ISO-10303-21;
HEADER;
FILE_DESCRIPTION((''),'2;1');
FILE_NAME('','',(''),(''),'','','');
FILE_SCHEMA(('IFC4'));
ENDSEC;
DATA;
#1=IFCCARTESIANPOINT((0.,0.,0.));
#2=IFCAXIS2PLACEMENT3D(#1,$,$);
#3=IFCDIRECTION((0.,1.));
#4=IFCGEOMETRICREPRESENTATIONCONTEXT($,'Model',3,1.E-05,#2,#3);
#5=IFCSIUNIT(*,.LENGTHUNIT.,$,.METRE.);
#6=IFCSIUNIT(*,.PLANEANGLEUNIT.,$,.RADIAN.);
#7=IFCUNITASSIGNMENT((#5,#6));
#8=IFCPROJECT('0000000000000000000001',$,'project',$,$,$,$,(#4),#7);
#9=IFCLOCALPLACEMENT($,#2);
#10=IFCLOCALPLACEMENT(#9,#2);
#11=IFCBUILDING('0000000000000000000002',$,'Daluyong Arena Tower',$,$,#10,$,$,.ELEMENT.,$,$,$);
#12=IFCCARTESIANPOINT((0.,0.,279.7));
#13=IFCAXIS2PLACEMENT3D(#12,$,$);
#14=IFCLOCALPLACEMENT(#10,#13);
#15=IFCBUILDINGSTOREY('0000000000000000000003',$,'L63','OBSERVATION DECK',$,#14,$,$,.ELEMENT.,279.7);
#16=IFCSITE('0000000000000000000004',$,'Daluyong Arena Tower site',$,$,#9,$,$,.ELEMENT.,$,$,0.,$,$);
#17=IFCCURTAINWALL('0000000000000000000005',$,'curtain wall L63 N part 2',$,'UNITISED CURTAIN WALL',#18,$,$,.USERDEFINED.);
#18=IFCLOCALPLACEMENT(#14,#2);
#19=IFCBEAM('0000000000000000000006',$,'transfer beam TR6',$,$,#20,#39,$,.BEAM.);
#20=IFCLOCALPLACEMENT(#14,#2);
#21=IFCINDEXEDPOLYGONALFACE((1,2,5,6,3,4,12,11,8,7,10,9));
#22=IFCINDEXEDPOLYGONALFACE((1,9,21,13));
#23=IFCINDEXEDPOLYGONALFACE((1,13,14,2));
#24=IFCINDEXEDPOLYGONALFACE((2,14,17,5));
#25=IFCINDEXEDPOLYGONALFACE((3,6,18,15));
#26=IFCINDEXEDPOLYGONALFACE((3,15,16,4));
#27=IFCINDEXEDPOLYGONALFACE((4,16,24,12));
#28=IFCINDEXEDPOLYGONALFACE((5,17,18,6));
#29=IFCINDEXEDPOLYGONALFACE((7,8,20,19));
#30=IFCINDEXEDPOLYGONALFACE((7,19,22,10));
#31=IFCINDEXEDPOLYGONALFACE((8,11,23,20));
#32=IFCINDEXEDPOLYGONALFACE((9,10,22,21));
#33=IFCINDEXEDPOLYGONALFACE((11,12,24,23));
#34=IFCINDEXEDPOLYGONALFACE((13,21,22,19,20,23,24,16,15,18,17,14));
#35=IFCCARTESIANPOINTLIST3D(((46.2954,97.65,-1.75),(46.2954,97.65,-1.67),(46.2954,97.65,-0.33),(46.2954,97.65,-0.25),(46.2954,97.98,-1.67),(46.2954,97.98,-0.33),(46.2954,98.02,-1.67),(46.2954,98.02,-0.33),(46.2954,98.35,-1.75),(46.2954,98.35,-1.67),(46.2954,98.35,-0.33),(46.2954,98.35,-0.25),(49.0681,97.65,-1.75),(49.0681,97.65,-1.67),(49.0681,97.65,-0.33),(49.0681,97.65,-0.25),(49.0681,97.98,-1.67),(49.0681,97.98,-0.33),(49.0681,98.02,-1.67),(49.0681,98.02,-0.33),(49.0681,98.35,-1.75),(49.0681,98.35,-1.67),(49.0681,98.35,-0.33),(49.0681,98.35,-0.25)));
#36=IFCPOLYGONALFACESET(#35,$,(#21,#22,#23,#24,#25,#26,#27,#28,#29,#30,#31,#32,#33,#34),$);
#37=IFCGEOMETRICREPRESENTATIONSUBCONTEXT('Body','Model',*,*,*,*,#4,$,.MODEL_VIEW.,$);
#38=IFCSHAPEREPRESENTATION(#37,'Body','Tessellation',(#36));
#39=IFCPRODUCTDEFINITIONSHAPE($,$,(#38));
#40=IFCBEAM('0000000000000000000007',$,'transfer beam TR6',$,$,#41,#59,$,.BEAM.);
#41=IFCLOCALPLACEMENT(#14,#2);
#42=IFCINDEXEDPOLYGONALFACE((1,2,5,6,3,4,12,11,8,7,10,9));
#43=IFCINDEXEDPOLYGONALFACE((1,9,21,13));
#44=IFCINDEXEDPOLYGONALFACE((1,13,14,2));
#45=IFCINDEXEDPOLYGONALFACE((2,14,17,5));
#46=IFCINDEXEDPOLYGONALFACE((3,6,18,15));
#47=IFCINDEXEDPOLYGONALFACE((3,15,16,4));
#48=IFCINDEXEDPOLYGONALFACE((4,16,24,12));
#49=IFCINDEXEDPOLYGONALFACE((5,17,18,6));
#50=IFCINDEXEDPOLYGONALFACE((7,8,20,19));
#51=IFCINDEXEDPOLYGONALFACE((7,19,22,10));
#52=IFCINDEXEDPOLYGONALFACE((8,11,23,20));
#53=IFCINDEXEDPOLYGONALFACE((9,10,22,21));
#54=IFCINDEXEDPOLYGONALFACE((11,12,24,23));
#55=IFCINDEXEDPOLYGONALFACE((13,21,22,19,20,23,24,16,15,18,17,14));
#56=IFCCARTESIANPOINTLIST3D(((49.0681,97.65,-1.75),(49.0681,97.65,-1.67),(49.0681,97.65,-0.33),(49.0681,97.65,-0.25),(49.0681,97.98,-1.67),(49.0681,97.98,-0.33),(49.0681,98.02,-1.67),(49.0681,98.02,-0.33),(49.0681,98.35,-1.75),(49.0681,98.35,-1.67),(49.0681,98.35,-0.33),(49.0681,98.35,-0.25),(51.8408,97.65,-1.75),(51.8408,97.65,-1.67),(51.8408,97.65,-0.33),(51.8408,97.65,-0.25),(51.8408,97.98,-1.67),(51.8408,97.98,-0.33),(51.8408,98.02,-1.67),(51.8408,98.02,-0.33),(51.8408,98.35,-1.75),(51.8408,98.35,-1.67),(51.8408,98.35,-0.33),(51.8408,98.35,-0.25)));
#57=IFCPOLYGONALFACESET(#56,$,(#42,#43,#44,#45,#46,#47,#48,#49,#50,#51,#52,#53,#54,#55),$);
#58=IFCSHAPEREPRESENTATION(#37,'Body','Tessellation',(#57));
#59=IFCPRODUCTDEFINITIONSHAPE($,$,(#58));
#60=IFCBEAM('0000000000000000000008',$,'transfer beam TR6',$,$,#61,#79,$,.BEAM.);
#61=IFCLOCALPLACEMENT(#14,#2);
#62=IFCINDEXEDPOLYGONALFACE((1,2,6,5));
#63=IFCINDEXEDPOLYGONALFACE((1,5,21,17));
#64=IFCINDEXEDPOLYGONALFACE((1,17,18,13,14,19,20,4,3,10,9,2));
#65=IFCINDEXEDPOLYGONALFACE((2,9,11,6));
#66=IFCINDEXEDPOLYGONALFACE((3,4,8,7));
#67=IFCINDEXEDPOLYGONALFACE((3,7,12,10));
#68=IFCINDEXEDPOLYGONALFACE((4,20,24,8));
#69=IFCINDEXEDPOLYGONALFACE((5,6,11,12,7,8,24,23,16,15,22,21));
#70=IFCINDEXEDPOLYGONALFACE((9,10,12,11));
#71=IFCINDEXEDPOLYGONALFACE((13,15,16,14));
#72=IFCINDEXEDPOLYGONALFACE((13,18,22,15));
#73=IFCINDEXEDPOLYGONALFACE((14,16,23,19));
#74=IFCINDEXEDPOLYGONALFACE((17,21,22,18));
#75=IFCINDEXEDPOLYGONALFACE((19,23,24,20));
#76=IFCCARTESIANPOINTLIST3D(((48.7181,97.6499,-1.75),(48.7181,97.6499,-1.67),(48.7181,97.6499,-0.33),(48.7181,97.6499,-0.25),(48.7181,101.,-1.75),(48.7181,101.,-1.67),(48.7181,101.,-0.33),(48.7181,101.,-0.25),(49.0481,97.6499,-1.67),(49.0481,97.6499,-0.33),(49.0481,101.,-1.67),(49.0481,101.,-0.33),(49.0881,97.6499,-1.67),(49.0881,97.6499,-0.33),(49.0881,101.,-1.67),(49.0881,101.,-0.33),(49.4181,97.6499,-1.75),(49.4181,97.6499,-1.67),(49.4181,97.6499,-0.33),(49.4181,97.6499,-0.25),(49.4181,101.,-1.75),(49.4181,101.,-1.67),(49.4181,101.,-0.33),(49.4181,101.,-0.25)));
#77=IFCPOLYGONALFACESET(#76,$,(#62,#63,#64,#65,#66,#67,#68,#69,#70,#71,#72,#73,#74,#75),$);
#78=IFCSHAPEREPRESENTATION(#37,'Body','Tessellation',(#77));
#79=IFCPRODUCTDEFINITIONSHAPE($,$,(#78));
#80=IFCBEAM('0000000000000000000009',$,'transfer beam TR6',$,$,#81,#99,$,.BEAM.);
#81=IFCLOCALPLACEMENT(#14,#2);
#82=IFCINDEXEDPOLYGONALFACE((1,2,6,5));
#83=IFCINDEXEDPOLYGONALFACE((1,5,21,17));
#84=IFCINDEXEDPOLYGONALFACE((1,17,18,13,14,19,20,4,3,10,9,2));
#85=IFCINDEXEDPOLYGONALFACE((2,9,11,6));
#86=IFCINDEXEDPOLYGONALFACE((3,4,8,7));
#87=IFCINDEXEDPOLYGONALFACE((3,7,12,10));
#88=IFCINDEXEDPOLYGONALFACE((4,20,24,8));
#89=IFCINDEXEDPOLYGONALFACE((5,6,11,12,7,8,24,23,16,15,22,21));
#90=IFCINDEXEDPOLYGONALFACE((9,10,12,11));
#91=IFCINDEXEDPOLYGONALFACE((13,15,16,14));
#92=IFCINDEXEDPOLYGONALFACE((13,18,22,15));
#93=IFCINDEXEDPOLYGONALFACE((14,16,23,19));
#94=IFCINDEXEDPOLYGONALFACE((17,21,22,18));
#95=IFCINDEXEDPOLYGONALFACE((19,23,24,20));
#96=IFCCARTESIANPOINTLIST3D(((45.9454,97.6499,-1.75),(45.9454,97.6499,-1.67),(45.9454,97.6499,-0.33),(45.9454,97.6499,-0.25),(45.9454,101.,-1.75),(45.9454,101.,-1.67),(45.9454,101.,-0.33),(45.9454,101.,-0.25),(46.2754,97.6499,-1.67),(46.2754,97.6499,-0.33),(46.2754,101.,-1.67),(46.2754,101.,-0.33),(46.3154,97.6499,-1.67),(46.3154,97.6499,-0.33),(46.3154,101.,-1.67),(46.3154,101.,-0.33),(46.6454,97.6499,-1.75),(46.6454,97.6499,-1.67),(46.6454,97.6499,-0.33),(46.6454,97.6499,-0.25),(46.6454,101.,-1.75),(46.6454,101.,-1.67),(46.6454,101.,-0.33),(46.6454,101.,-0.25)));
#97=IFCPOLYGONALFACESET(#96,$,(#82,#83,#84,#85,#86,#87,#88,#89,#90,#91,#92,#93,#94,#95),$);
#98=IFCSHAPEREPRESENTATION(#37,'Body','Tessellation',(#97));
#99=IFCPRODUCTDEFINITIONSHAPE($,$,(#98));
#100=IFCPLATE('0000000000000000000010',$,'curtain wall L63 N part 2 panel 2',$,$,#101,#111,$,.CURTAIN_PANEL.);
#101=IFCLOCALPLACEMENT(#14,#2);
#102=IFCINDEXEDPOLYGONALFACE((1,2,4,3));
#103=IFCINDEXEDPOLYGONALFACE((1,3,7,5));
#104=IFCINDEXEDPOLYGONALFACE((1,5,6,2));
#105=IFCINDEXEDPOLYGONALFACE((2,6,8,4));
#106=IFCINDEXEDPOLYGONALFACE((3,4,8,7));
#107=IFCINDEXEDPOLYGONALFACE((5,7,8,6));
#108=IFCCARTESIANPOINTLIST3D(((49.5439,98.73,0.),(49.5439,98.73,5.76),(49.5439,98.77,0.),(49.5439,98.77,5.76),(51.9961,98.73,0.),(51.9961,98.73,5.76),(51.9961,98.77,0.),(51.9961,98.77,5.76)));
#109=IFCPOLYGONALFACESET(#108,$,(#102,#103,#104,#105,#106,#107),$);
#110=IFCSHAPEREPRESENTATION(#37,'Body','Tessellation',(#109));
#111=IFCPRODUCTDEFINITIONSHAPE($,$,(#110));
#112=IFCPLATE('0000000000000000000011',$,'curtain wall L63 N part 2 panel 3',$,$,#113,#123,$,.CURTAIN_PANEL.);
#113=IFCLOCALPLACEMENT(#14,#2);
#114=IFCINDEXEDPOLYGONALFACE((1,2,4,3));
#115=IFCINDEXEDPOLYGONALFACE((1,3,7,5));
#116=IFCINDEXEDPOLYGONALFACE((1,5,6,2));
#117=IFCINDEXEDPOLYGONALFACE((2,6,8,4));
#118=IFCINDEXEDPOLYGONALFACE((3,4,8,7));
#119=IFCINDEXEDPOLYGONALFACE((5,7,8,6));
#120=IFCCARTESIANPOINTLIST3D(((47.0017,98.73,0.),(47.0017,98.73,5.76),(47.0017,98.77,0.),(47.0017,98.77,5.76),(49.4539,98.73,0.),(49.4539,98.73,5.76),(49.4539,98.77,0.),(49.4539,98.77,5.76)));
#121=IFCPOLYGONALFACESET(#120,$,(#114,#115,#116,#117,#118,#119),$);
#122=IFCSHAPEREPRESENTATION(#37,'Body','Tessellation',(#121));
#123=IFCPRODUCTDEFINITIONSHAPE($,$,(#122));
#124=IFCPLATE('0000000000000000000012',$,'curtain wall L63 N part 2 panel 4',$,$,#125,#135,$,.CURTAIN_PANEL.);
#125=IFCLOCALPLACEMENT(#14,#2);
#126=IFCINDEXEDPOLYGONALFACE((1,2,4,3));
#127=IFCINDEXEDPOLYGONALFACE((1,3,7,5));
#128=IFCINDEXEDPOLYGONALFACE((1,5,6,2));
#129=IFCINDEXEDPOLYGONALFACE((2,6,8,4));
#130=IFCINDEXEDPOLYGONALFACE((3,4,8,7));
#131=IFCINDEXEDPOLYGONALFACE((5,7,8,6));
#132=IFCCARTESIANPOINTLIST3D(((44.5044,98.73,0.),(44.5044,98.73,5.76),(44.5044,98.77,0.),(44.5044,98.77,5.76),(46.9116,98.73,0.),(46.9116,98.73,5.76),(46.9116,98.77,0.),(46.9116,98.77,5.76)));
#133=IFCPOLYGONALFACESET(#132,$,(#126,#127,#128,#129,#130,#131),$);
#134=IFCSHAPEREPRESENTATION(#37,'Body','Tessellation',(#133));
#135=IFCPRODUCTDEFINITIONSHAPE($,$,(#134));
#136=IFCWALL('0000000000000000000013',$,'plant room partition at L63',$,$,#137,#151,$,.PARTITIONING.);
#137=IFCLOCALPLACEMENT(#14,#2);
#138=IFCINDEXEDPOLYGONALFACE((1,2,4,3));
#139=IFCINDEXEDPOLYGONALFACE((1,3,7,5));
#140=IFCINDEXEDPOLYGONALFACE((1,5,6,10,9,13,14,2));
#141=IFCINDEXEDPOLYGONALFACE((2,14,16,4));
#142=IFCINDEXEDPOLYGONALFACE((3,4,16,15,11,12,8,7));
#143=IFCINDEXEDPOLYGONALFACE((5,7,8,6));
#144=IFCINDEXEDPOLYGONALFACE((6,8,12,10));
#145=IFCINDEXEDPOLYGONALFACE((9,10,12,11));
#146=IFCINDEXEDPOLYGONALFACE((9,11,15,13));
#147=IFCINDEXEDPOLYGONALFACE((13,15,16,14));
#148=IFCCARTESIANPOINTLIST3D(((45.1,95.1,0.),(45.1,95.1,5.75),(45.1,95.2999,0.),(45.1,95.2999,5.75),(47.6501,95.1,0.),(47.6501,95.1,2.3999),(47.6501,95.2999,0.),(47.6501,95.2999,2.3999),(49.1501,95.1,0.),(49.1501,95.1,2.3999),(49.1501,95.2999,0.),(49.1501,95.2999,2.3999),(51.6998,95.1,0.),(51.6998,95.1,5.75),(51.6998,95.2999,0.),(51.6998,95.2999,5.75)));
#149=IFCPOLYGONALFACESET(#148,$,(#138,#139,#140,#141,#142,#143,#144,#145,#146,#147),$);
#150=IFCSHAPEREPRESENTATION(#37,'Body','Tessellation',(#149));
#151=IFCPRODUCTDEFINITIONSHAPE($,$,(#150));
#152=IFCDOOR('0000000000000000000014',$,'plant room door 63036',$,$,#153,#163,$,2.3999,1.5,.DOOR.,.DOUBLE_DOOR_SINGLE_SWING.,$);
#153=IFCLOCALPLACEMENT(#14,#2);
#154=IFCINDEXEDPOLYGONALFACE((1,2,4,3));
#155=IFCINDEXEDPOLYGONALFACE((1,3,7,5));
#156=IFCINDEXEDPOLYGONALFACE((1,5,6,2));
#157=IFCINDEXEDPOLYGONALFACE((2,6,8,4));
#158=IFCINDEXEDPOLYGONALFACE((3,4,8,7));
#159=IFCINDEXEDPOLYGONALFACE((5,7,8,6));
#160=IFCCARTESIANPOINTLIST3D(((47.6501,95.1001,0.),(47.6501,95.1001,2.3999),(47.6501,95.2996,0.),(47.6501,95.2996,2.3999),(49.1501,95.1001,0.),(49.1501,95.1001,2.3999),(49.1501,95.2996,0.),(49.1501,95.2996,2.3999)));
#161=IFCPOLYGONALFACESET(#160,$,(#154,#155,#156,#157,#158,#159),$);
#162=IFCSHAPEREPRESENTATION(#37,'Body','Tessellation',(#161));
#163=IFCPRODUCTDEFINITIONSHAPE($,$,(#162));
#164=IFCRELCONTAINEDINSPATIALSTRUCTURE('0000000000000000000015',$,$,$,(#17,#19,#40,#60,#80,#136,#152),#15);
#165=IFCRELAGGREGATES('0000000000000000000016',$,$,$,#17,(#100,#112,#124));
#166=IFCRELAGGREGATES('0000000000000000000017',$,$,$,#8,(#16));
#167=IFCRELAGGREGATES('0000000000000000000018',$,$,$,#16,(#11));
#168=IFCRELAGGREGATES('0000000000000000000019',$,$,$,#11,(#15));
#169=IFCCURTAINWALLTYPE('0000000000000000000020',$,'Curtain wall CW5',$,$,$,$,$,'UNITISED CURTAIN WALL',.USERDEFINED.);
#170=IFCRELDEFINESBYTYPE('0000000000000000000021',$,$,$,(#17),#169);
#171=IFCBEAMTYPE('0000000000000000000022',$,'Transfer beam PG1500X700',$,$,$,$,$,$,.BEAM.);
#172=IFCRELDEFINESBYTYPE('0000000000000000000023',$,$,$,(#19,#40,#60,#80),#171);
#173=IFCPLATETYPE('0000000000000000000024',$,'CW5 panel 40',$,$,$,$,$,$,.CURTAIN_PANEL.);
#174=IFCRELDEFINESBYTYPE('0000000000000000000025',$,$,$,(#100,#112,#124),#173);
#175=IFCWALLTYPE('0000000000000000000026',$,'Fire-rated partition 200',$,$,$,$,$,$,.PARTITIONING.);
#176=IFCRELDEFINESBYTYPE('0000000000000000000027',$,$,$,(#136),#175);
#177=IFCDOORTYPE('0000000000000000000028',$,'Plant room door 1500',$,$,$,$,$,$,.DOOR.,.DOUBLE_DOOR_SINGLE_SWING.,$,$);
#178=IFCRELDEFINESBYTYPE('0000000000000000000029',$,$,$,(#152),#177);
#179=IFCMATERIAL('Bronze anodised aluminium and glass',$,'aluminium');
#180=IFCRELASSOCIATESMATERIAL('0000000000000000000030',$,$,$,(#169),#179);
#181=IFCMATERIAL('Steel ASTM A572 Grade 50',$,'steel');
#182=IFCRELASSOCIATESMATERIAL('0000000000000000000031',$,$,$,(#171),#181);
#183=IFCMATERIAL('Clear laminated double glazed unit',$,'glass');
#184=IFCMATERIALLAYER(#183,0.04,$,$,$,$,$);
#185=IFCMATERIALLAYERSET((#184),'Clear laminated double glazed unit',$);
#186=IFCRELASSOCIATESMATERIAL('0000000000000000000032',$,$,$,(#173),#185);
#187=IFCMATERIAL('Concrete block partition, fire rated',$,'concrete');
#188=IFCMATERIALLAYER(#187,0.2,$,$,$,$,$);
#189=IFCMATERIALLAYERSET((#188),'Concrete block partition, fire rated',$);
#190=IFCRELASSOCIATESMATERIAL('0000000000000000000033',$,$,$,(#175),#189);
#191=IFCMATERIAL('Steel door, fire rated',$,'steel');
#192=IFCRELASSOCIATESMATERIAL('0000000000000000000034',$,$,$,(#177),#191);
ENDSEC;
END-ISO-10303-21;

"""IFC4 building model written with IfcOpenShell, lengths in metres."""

from ifc_helpers import new_model, si_unit, direction, frame, frame_2d, origin, origin_2d, place, context, subcontext, project, spatial, rectangle, i_section, extrude, material, layer, layer_set, material_profile, profile_set, type_object, element, fill, aggregate, save


model = new_model("IFC4")

# Units and contexts
model_context = context("Model", 3, precision=1e-05, world=origin(), true_north=direction((0.0, 1.0)))
body_context = subcontext(model_context, "Body", "Model", "MODEL_VIEW")
ifc_project = project(units=[si_unit("LENGTHUNIT", "METRE"), si_unit("PLANEANGLEUNIT", "RADIAN")], contexts=[model_context])

# Site, building, storey
site_placement = place(None, origin())
site = spatial("IfcSite", under=ifc_project, at=site_placement, Name="Daluyong Arena Tower site", CompositionType="ELEMENT", RefElevation=0.0)
building_placement = place(site_placement, origin())
building = spatial("IfcBuilding", under=site, at=building_placement, Name="Daluyong Arena Tower", CompositionType="ELEMENT")
storey_placement = place(building_placement, frame((0.0, 0.0, 279.7)))
storey = spatial("IfcBuildingStorey", under=building, at=storey_placement, Name="L63", Description="OBSERVATION DECK", CompositionType="ELEMENT", Elevation=279.7)

# Curtain wall
ifc_material_1 = material(Name="Bronze anodised aluminium and glass", Category="aluminium")
curtain_wall_type = type_object("IfcCurtainWallType", Name="Curtain wall CW5", ElementType="UNITISED CURTAIN WALL", PredefinedType="USERDEFINED", material=ifc_material_1)
curtain_wall_placement = place(storey_placement, origin())
curtain_wall = element("IfcCurtainWall", 1, at=curtain_wall_placement, inside=storey, type_object=curtain_wall_type, Name="curtain wall L63 N part 2", ObjectType="UNITISED CURTAIN WALL", PredefinedType="USERDEFINED")

# Beams
ifc_material_2 = material(Name="Steel ASTM A572 Grade 50", Category="steel")
ifc_material_profile_1 = material_profile(ifc_material_2, i_section(OverallWidth=0.7, OverallDepth=1.5, WebThickness=0.04, FlangeThickness=0.08, at=origin_2d()))
ifc_profile_set_1 = profile_set([ifc_material_profile_1], Name="Steel ASTM A572 Grade 50")
beam_type_1 = type_object("IfcBeamType", Name="Transfer beam PG1500X700", PredefinedType="BEAM", material=ifc_profile_set_1)
for number, where, z_axis, x_axis, name in (
    (2, (46.2954, 98.0, -1.0), (1.0, 0.0, 0.0), (0.0, 1.0, 0.0), "transfer beam TR6"),
    (3, (49.0681, 98.0, -1.0), (1.0, 0.0, 0.0), (0.0, 1.0, 0.0), "transfer beam TR6"),
):
    element("IfcBeam", number, at=place(storey_placement, frame(where, z_axis=z_axis, x_axis=x_axis)), inside=storey, type_object=beam_type_1, Name=name, PredefinedType="BEAM", context=body_context, shape_type="SweptSolid", body=[
        extrude(i_section(OverallWidth=0.7, OverallDepth=1.5, WebThickness=0.04, FlangeThickness=0.08, at=origin_2d()), origin(), (0.0, 0.0, 1.0), 2.7727),
    ])
for number, where, z_axis, x_axis, name in (
    (4, (49.0681, 101.0, -1.0), (0.0, -1.0, 0.0), (1.0, 0.0, 0.0), "transfer beam TR6"),
    (5, (46.2954, 101.0, -1.0), (0.0, -1.0, 0.0), (1.0, 0.0, 0.0), "transfer beam TR6"),
):
    element("IfcBeam", number, at=place(storey_placement, frame(where, z_axis=z_axis, x_axis=x_axis)), inside=storey, type_object=beam_type_1, Name=name, PredefinedType="BEAM", context=body_context, shape_type="SweptSolid", body=[
        extrude(i_section(OverallWidth=0.7, OverallDepth=1.5, WebThickness=0.04, FlangeThickness=0.08, at=origin_2d()), origin(), (0.0, 0.0, 1.0), 3.3501),
    ])

# Plates
ifc_material_3 = material(Name="Clear laminated double glazed unit", Category="glass")
ifc_layer_1 = layer(ifc_material_3, 0.04)
ifc_layer_set_1 = layer_set([ifc_layer_1], Name="Clear laminated double glazed unit")
plate_type = type_object("IfcPlateType", Name="CW5 panel 40", PredefinedType="CURTAIN_PANEL", material=ifc_layer_set_1)
plate_1_placement = place(storey_placement, frame((50.77, 98.75, 0.0), z_axis=(0.0, 0.0, 1.0), x_axis=(-1.0, 0.0, 0.0)))
plate_1 = element("IfcPlate", 6, at=plate_1_placement, type_object=plate_type, Name="curtain wall L63 N part 2 panel 2", PredefinedType="CURTAIN_PANEL", context=body_context, shape_type="SweptSolid", body=[
    extrude(rectangle(XDim=2.4521, YDim=0.04, at=origin_2d()), origin(), (0.0, 0.0, 1.0), 5.76),
])
plate_2_placement = place(storey_placement, frame((48.2278, 98.75, 0.0), z_axis=(0.0, 0.0, 1.0), x_axis=(-1.0, 0.0, 0.0)))
plate_2 = element("IfcPlate", 7, at=plate_2_placement, type_object=plate_type, Name="curtain wall L63 N part 2 panel 3", PredefinedType="CURTAIN_PANEL", context=body_context, shape_type="SweptSolid", body=[
    extrude(rectangle(XDim=2.4521, YDim=0.04, at=origin_2d()), origin(), (0.0, 0.0, 1.0), 5.76),
])
plate_3_placement = place(storey_placement, frame((45.708, 98.75, 0.0), z_axis=(0.0, 0.0, 1.0), x_axis=(-1.0, 0.0, 0.0)))
plate_3 = element("IfcPlate", 8, at=plate_3_placement, type_object=plate_type, Name="curtain wall L63 N part 2 panel 4", PredefinedType="CURTAIN_PANEL", context=body_context, shape_type="SweptSolid", body=[
    extrude(rectangle(XDim=2.4072, YDim=0.04, at=origin_2d()), origin(), (0.0, 0.0, 1.0), 5.76),
])
aggregate(curtain_wall, [plate_1, plate_2, plate_3])

# Wall, opening, door
ifc_material_4 = material(Name="Concrete block partition, fire rated", Category="concrete")
ifc_layer_2 = layer(ifc_material_4, 0.2)
ifc_layer_set_2 = layer_set([ifc_layer_2], Name="Concrete block partition, fire rated")
wall_type = type_object("IfcWallType", Name="Fire-rated partition 200", PredefinedType="PARTITIONING", material=ifc_layer_set_2)
wall_placement = place(storey_placement, frame((45.1001, 95.2, 0.0), z_axis=(0.0, 0.0, 1.0), x_axis=(1.0, 0.0, 0.0)))
wall = element("IfcWall", 9, at=wall_placement, inside=storey, type_object=wall_type, Name="plant room partition at L63", PredefinedType="PARTITIONING", context=body_context, shape_type="SweptSolid", body=[
    extrude(rectangle(XDim=6.5999, YDim=0.2, at=frame_2d((3.2998, 0.0))), origin(), (0.0, 0.0, 1.0), 5.75),
])
opening_placement = place(wall_placement, frame((2.55, 0.0, 0.0)))
opening = element("IfcOpeningElement", 10, at=opening_placement, cuts=wall, PredefinedType="OPENING", context=body_context, shape_type="SweptSolid", body=[
    extrude(rectangle(XDim=1.5, YDim=2.3999, at=frame_2d((0.75, 1.2))), frame((0.0, 0.1099, 0.0), z_axis=(0.0, -1.0, 0.0), x_axis=(1.0, 0.0, 0.0)), (0.0, 0.0, 1.0), 0.22),
])
ifc_material_5 = material(Name="Steel door, fire rated", Category="steel")
door_type = type_object("IfcDoorType", Name="Plant room door 1500", OperationType="DOUBLE_DOOR_SINGLE_SWING", PredefinedType="DOOR", material=ifc_material_5)
door_placement = place(opening_placement, origin())
door = element("IfcDoor", 11, at=door_placement, inside=storey, type_object=door_type, Name="plant room door 63036", OperationType="DOUBLE_DOOR_SINGLE_SWING", OverallHeight=2.3999, OverallWidth=1.5, PredefinedType="DOOR", context=body_context, shape_type="SweptSolid", body=[
    extrude(rectangle(XDim=1.5, YDim=2.3999, at=frame_2d((0.75, 1.2))), frame((0.0, 0.0996, 0.0), z_axis=(0.0, -1.0, 0.0), x_axis=(1.0, 0.0, 0.0)), (0.0, 0.0, 1.0), 0.1995),
])
fill(opening, door)

save(model, "model.ifc")
